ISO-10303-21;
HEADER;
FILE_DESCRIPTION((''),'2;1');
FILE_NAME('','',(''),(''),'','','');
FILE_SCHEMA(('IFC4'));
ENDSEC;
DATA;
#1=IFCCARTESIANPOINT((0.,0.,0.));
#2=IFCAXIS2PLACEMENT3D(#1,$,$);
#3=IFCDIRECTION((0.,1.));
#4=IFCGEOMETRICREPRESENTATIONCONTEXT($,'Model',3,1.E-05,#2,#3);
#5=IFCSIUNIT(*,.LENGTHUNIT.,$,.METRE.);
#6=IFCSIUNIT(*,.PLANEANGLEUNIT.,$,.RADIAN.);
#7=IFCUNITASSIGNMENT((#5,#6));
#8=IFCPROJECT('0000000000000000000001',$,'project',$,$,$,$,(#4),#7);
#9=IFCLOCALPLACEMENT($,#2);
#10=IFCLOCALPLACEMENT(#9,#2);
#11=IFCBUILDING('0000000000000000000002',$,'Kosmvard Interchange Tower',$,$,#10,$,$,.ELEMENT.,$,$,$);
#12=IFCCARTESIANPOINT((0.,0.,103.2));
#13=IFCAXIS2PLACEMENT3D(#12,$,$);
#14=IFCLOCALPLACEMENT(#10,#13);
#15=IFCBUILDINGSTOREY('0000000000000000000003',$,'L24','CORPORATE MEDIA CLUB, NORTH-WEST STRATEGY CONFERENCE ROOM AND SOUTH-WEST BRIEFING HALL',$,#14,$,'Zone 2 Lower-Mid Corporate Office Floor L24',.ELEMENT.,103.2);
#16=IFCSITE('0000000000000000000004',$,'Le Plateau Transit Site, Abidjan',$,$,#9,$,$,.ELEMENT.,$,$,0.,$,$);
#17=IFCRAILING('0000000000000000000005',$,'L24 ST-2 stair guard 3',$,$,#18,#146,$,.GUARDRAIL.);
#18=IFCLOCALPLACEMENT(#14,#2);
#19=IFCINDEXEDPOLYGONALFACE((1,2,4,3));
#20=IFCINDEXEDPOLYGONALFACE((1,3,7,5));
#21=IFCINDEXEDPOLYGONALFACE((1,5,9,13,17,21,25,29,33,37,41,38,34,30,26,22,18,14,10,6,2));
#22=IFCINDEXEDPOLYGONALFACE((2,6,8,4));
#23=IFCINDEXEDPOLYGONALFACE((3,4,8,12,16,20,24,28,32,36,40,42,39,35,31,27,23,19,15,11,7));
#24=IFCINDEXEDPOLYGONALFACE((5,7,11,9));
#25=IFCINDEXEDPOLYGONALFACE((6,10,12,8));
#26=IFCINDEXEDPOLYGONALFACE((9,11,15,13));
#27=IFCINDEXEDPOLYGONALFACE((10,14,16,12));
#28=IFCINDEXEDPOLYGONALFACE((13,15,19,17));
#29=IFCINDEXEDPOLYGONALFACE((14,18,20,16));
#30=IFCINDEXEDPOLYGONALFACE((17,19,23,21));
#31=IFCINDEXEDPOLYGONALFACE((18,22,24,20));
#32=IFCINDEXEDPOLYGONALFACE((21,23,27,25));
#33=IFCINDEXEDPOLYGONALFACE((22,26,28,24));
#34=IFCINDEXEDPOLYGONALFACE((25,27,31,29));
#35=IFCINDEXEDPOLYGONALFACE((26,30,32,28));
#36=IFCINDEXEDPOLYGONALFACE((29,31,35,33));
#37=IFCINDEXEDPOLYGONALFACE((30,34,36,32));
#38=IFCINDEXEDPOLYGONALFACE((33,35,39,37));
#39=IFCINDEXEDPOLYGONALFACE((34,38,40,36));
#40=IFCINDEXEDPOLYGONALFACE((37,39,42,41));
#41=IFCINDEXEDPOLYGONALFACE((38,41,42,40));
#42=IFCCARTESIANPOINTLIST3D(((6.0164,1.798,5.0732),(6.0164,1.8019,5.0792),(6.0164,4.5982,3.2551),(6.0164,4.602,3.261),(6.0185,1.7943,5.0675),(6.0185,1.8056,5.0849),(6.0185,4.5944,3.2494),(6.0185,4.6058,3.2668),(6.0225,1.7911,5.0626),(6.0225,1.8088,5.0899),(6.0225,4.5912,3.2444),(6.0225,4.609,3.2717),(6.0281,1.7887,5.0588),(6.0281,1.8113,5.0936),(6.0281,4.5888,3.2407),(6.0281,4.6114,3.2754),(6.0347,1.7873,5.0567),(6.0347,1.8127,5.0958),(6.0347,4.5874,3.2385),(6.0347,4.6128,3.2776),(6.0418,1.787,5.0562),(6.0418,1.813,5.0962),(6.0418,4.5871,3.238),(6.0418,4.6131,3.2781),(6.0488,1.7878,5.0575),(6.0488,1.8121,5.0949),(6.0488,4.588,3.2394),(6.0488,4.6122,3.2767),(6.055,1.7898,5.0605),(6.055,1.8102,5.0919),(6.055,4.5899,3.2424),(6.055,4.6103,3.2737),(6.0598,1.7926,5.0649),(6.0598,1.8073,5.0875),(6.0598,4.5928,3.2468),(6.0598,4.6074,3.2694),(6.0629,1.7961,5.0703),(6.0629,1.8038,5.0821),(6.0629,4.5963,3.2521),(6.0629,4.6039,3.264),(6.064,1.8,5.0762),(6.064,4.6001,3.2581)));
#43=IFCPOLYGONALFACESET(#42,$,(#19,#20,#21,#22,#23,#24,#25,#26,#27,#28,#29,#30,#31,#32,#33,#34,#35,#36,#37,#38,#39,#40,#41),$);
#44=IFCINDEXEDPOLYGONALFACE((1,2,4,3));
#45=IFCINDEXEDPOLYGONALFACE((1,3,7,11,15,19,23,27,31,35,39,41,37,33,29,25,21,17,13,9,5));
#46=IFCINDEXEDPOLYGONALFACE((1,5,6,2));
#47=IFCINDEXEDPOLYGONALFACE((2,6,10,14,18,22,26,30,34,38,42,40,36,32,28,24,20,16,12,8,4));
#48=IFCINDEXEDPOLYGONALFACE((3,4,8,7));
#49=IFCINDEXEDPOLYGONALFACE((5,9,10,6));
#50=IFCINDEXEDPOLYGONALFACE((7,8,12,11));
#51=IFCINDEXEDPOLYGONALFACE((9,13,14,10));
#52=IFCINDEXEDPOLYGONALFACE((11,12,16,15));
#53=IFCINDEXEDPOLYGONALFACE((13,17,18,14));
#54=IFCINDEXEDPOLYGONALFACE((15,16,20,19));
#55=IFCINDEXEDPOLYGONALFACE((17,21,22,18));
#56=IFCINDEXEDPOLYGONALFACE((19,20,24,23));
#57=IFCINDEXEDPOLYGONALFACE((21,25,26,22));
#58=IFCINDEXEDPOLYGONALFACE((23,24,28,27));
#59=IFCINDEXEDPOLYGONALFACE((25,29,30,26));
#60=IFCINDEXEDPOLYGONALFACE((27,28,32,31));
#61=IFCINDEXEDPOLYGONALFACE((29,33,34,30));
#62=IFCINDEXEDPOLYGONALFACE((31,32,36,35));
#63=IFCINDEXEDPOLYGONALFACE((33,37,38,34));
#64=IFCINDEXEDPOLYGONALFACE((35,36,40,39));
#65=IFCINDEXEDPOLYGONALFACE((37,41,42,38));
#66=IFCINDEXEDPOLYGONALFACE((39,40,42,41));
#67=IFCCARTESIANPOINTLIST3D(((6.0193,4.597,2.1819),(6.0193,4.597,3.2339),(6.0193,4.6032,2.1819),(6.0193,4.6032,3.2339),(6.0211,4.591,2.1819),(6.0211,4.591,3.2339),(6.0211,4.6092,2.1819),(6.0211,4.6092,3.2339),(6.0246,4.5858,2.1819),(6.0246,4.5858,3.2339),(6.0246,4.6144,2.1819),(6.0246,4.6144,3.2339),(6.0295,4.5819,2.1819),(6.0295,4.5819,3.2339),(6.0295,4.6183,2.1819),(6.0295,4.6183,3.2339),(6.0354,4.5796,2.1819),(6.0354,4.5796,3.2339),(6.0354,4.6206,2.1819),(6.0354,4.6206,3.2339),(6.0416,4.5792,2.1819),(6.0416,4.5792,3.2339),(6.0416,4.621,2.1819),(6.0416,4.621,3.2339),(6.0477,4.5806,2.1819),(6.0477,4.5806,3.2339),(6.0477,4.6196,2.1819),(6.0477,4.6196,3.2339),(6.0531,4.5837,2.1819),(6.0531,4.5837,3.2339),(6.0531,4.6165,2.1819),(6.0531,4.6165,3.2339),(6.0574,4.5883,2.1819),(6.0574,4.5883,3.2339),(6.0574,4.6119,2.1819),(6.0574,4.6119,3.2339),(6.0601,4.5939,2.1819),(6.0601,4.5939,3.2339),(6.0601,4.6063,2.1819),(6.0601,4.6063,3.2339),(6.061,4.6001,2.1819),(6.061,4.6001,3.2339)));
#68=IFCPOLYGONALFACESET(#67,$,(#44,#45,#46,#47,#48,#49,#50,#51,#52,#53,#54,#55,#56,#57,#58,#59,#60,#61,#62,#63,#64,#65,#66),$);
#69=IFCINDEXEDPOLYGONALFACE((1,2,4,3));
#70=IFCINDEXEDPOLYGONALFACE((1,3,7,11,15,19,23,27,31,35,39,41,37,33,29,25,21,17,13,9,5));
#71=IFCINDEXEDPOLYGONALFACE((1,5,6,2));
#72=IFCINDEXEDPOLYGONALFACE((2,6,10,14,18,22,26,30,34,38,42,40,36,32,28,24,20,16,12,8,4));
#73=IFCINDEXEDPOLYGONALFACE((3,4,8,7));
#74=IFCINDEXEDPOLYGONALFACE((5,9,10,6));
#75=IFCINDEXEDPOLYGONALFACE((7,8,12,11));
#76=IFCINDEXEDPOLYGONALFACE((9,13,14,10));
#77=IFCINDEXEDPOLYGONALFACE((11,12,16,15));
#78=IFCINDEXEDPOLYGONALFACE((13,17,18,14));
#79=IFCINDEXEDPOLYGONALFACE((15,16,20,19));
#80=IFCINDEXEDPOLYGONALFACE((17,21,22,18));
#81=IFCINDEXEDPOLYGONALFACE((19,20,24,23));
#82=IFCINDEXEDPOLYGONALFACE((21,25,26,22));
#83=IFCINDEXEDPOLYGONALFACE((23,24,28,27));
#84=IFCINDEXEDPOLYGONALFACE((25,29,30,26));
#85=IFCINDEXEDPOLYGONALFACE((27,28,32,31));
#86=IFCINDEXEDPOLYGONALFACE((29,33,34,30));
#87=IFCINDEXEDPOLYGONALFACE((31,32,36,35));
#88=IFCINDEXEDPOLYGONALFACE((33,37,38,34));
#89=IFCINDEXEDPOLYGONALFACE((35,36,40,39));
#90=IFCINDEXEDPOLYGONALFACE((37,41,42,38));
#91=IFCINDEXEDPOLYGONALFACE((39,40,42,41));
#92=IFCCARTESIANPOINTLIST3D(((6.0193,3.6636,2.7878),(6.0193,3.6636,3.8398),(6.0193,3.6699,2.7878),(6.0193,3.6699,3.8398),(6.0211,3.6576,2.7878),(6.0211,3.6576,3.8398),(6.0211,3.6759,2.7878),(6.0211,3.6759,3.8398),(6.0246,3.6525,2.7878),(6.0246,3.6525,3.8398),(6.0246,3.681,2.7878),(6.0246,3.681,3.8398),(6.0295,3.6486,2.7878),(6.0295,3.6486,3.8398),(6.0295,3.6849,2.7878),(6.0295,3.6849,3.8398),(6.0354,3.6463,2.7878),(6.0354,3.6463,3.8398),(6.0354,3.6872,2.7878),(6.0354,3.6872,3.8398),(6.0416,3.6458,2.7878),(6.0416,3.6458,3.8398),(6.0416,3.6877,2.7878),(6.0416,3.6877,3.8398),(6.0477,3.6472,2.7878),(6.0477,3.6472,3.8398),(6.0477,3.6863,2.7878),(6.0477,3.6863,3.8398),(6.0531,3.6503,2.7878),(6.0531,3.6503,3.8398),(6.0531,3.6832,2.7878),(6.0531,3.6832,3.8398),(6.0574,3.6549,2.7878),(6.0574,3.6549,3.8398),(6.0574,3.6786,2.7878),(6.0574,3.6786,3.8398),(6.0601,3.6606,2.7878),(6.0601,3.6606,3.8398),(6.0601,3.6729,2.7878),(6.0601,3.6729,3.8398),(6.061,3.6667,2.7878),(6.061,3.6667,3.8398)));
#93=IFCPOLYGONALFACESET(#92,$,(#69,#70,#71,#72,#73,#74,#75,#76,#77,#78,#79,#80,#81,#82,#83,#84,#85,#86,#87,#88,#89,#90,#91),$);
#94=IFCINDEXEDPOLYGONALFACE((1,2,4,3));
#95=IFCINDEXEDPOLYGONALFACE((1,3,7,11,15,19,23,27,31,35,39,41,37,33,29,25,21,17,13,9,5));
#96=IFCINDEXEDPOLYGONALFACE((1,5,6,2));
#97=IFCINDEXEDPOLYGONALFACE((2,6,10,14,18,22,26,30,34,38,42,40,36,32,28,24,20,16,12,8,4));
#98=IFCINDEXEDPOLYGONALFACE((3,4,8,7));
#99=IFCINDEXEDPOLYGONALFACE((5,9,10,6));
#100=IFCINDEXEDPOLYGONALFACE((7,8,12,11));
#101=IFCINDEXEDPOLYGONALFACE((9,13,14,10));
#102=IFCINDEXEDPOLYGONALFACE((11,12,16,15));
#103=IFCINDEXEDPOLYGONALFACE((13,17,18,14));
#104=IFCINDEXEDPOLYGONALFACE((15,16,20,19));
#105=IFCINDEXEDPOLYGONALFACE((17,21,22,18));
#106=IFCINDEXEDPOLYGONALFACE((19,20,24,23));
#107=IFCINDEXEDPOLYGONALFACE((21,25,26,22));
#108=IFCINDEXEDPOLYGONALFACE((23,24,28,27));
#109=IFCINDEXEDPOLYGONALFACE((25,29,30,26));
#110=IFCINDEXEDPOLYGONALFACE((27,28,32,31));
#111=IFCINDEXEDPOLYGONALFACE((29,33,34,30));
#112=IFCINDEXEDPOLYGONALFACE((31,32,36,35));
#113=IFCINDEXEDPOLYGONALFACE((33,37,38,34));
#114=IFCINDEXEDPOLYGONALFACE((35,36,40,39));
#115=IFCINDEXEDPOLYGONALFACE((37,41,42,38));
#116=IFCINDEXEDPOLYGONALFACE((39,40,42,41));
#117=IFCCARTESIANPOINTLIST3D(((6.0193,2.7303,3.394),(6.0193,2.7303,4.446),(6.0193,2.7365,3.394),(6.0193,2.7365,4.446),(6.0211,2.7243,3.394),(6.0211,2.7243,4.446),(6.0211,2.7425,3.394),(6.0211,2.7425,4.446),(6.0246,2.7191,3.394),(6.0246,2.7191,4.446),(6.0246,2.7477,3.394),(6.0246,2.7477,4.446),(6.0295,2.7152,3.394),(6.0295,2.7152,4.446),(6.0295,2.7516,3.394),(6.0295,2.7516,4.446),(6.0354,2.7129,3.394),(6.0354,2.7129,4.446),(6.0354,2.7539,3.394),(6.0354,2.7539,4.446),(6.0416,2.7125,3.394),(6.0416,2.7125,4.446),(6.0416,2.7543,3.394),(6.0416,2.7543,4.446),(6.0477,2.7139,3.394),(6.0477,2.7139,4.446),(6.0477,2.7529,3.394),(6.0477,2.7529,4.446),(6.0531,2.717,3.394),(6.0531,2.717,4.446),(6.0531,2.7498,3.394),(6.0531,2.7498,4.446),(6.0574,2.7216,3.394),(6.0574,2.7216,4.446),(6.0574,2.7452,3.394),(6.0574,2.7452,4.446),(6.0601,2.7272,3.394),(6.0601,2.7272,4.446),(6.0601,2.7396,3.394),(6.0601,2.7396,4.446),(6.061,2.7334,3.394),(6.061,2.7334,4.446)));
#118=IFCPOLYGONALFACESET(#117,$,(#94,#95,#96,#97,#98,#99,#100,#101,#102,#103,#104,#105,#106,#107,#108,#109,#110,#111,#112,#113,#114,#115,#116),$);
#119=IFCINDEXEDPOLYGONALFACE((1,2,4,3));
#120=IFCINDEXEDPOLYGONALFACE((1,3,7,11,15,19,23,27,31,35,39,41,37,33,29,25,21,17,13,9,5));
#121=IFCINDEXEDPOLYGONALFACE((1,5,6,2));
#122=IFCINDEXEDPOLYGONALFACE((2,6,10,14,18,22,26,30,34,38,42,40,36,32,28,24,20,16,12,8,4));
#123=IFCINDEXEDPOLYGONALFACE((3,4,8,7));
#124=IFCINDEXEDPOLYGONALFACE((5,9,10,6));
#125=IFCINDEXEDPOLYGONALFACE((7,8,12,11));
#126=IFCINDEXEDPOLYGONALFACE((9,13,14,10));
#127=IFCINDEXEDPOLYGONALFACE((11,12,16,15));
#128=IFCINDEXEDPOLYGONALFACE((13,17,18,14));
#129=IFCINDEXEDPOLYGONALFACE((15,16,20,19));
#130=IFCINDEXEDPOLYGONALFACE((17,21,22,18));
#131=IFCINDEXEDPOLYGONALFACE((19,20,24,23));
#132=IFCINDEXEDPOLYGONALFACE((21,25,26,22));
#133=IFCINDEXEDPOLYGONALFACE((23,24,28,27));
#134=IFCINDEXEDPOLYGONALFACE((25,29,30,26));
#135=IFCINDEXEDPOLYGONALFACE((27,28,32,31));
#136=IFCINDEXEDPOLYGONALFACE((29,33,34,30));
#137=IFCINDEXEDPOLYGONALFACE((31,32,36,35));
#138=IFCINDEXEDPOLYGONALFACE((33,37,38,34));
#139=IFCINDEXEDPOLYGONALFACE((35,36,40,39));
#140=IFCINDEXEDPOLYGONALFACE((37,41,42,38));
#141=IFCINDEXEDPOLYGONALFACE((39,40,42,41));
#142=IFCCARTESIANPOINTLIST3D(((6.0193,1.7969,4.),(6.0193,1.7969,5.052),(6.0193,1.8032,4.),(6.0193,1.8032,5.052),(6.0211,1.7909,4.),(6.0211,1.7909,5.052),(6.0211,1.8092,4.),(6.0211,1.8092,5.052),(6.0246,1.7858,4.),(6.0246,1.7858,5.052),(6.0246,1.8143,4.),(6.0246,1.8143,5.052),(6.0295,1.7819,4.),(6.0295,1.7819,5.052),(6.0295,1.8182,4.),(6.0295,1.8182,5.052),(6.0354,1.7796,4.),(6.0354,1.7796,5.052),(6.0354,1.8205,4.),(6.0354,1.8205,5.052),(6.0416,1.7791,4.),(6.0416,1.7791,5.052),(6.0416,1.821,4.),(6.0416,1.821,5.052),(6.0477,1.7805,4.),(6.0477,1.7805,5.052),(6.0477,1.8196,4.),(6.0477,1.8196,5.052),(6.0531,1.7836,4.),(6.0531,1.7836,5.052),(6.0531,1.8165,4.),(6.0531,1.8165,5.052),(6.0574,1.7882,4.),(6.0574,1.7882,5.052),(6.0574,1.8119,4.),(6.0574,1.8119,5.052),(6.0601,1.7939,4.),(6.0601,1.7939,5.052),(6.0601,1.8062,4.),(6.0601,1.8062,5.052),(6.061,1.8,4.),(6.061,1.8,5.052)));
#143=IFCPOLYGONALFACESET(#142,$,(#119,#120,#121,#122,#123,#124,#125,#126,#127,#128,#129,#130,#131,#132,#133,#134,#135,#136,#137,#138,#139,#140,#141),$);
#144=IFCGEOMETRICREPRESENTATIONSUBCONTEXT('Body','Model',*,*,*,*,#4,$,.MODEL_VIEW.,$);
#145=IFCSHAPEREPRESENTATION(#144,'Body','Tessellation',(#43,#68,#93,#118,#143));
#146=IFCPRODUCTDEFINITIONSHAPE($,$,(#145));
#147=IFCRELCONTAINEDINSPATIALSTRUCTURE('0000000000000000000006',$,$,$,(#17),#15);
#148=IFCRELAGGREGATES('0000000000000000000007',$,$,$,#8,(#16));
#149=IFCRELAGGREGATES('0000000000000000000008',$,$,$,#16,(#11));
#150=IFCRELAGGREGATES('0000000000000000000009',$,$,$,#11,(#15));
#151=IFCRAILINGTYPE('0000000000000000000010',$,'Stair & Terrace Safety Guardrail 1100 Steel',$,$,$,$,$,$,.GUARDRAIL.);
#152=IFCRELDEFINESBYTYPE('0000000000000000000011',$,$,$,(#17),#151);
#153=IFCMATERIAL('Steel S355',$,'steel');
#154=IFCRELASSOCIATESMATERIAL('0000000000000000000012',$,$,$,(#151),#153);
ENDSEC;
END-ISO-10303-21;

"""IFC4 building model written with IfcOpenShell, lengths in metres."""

from ifc_helpers import new_model, si_unit, direction, frame, origin, origin_2d, place, context, subcontext, project, spatial, circle, extrude, source, transform, mapped, material, type_object, element, save


model = new_model("IFC4")

# Units and contexts
model_context = context("Model", 3, precision=1e-05, world=origin(), true_north=direction((0.0, 1.0)))
body_context = subcontext(model_context, "Body", "Model", "MODEL_VIEW")
ifc_project = project(units=[si_unit("LENGTHUNIT", "METRE"), si_unit("PLANEANGLEUNIT", "RADIAN")], contexts=[model_context])

# Site, building, storey
site_placement = place(None, origin())
site = spatial("IfcSite", under=ifc_project, at=site_placement, Name="Le Plateau Transit Site, Abidjan", CompositionType="ELEMENT", RefElevation=0.0)
building_placement = place(site_placement, origin())
building = spatial("IfcBuilding", under=site, at=building_placement, Name="Kosmvard Interchange Tower", CompositionType="ELEMENT")
storey_placement = place(building_placement, frame((0.0, 0.0, 103.2)))
storey = spatial("IfcBuildingStorey", under=building, at=storey_placement, Name="L24", Description="CORPORATE MEDIA CLUB, NORTH-WEST STRATEGY CONFERENCE ROOM AND SOUTH-WEST BRIEFING HALL", LongName="Zone 2 Lower-Mid Corporate Office Floor L24", CompositionType="ELEMENT", Elevation=103.2)

# Shared definitions
ifc_material_1 = material(Name="Steel S355", Category="steel")

# Railing
railing_type_1 = type_object("IfcRailingType", Name="Stair & Terrace Safety Guardrail 1100 Steel", PredefinedType="GUARDRAIL", material=ifc_material_1)
shared_shape_1 = source(origin(), body_context, "Body", "SweptSolid", [
    extrude(circle(Radius=0.0239, at=origin_2d()), frame((0.0, 0.0, 1.0762), z_axis=(0.0, -0.838706, 0.544585), x_axis=(1.0, 0.0, 0.0)), (0.0, 0.0, 1.0), 3.3386),
    extrude(circle(Radius=0.021, at=origin_2d()), origin(), (0.0, 0.0, 1.0), 1.052),
    extrude(circle(Radius=0.021, at=origin_2d()), frame((0.0, -0.9333, 0.606)), (0.0, 0.0, 1.0), 1.052),
    extrude(circle(Radius=0.021, at=origin_2d()), frame((0.0, -1.8667, 1.2122)), (0.0, 0.0, 1.0), 1.052),
    extrude(circle(Radius=0.021, at=origin_2d()), frame((0.0, -2.8, 1.8181)), (0.0, 0.0, 1.0), 1.052),
])
railing_1_placement = place(storey_placement, frame((6.04, 4.6001, 2.1819)))
element("IfcRailing", 1, at=railing_1_placement, inside=storey, type_object=railing_type_1, Name="L24 ST-2 stair guard 3", PredefinedType="GUARDRAIL", context=body_context, shape_type="MappedRepresentation", body=[
    mapped(shared_shape_1, transform((0.0, 0.0, 0.0), scale=1.0)),
])

save(model, "model.ifc")
